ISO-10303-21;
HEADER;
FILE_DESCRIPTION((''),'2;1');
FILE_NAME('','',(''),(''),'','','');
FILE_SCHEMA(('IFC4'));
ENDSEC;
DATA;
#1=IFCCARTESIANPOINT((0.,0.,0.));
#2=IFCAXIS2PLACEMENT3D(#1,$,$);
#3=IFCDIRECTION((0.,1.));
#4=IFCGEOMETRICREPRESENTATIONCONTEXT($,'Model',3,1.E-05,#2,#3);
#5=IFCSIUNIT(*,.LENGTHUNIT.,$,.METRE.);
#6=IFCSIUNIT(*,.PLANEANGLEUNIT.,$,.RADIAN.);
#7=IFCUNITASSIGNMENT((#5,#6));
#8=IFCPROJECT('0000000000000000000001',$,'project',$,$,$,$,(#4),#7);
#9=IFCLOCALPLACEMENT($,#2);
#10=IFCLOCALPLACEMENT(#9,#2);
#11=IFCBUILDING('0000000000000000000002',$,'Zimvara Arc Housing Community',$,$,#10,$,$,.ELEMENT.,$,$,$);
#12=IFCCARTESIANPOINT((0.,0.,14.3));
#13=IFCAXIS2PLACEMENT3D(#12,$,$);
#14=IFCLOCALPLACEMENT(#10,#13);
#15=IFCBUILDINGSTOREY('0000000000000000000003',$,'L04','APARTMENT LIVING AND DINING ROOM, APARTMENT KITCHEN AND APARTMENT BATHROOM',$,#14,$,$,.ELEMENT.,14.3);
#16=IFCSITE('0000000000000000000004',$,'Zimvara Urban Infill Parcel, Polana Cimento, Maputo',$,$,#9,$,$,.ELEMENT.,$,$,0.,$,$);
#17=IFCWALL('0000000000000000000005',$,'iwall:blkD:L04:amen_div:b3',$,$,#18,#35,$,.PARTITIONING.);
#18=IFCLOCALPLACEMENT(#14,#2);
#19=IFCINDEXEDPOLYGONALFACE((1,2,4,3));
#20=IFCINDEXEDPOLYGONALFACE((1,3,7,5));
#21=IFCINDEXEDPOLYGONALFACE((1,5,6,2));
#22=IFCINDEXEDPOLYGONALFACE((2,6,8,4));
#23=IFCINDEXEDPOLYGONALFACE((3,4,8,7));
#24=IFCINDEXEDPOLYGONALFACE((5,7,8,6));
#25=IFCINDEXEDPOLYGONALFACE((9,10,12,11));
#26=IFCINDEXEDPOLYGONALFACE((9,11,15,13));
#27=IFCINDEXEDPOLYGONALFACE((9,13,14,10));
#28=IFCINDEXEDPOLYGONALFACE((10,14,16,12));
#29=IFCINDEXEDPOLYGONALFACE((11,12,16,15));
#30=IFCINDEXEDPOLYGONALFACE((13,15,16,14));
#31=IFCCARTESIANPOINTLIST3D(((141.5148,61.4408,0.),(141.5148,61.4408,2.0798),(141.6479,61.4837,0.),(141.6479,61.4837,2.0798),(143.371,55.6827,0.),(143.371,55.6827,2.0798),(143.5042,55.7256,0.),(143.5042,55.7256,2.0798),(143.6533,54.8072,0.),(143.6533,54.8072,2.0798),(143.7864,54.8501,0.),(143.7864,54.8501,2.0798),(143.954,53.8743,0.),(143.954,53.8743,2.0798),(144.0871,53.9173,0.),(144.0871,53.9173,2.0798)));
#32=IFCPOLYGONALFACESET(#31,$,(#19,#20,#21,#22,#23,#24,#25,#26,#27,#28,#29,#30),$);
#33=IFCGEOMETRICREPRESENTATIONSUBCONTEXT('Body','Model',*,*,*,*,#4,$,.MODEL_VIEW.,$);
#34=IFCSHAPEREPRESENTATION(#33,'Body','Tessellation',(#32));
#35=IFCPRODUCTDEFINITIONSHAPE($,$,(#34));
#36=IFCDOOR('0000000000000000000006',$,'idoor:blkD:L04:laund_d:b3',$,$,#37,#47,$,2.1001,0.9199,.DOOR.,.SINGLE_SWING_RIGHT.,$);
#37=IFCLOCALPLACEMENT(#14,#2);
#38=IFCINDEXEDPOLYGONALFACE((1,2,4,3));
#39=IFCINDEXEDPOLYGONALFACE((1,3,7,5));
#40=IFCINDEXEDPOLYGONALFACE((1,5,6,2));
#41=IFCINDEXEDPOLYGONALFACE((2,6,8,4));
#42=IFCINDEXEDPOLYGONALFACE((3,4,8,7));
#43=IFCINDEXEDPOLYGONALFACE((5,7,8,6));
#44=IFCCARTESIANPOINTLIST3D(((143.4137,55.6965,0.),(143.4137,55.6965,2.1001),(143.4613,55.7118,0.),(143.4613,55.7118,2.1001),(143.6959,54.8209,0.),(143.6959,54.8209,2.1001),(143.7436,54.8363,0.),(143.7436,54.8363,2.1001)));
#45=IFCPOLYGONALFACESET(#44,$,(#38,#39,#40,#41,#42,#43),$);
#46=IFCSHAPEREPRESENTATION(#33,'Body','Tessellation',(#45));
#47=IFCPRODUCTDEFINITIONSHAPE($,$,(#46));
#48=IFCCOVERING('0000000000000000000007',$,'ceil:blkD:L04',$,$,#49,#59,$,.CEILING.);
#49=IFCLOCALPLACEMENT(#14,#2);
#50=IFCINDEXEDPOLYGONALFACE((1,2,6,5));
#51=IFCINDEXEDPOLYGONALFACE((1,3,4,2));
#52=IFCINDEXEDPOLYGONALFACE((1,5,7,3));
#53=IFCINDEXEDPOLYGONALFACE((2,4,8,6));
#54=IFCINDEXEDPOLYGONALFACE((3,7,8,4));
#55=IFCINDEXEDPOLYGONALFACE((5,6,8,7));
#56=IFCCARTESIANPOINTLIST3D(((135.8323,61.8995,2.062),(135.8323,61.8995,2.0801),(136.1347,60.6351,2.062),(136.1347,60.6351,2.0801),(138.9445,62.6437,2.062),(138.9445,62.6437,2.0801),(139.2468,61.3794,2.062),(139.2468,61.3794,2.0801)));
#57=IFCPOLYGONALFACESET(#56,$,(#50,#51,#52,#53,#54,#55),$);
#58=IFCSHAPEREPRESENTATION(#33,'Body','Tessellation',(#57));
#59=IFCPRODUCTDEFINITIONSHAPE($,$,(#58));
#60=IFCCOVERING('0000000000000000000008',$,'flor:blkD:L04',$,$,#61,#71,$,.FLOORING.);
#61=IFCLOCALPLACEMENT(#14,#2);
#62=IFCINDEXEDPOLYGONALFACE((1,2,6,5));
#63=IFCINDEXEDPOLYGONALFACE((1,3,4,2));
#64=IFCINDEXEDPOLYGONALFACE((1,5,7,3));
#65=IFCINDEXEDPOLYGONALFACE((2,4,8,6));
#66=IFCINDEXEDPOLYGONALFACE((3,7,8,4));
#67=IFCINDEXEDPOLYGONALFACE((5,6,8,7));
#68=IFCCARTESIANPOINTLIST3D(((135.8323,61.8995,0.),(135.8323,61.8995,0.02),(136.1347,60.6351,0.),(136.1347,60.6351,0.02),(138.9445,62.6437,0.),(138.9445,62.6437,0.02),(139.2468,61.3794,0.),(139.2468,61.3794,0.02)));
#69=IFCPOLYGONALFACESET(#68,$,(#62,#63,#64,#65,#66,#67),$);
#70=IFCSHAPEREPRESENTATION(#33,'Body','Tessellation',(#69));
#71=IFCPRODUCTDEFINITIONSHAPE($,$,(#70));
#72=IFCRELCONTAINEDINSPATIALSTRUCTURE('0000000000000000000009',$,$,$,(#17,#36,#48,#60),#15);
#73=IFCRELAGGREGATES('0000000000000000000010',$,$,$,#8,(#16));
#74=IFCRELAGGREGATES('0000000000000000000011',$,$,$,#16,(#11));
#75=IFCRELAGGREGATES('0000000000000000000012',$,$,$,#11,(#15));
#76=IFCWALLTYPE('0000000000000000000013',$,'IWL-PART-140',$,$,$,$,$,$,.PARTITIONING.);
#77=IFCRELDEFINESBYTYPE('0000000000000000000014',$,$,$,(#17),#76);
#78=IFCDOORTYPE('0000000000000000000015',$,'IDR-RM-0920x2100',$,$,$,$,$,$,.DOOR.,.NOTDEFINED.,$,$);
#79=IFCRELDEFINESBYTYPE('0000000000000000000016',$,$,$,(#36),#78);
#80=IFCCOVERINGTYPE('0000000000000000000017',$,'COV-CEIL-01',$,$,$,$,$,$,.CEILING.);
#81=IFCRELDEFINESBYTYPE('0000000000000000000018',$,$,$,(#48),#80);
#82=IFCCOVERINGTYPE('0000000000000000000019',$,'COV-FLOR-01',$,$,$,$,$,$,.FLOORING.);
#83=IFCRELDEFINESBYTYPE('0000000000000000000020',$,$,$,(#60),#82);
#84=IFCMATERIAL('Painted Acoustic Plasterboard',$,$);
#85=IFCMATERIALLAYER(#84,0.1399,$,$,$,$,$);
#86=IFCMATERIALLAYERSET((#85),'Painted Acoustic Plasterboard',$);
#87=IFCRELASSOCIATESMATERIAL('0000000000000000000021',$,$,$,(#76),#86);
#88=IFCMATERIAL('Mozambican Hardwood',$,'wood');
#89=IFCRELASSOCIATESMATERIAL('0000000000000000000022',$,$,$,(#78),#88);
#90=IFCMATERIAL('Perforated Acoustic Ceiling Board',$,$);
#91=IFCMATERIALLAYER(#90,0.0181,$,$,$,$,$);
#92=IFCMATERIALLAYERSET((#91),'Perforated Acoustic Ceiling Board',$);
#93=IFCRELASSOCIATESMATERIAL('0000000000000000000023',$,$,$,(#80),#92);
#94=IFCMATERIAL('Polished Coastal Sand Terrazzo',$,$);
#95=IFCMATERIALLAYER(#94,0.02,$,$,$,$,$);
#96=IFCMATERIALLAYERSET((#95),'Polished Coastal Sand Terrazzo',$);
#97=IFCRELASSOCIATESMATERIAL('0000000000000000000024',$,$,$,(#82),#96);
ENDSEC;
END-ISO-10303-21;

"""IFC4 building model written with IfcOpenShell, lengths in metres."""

from ifc_helpers import new_model, si_unit, direction, frame, frame_2d, origin, origin_2d, place, context, subcontext, project, spatial, rectangle, extrude, material, layer, layer_set, type_object, element, fill, save


model = new_model("IFC4")

# Units and contexts
model_context = context("Model", 3, precision=1e-05, world=origin(), true_north=direction((0.0, 1.0)))
body_context = subcontext(model_context, "Body", "Model", "MODEL_VIEW")
ifc_project = project(units=[si_unit("LENGTHUNIT", "METRE"), si_unit("PLANEANGLEUNIT", "RADIAN")], contexts=[model_context])

# Site, building, storey
site_placement = place(None, origin())
site = spatial("IfcSite", under=ifc_project, at=site_placement, Name="Zimvara Urban Infill Parcel, Polana Cimento, Maputo", CompositionType="ELEMENT", RefElevation=0.0)
building_placement = place(site_placement, origin())
building = spatial("IfcBuilding", under=site, at=building_placement, Name="Zimvara Arc Housing Community", CompositionType="ELEMENT")
storey_placement = place(building_placement, frame((0.0, 0.0, 14.3)))
storey = spatial("IfcBuildingStorey", under=building, at=storey_placement, Name="L04", Description="APARTMENT LIVING AND DINING ROOM, APARTMENT KITCHEN AND APARTMENT BATHROOM", CompositionType="ELEMENT", Elevation=14.3)

# Wall, opening, door
ifc_material_1 = material(Name="Painted Acoustic Plasterboard")
ifc_layer_1 = layer(ifc_material_1, 0.1399)
ifc_layer_set_1 = layer_set([ifc_layer_1], Name="Painted Acoustic Plasterboard")
wall_type_1 = type_object("IfcWallType", Name="IWL-PART-140", PredefinedType="PARTITIONING", material=ifc_layer_set_1)
wall_1_placement = place(storey_placement, frame((141.5813, 61.4624, 0.0), z_axis=(0.0, 0.0, 1.0), x_axis=(0.306824, -0.951766, 0.0)))
wall_1 = element("IfcWall", 1, at=wall_1_placement, inside=storey, type_object=wall_type_1, Name="iwall:blkD:L04:amen_div:b3", PredefinedType="PARTITIONING", context=body_context, shape_type="SweptSolid", body=[
    extrude(rectangle(XDim=7.95, YDim=0.1399, at=frame_2d((3.9751, 0.0))), origin(), (0.0, 0.0, 1.0), 2.0798),
])
opening_1_placement = place(wall_1_placement, frame((6.05, 0.0, 0.0)))
opening_1 = element("IfcOpeningElement", 2, at=opening_1_placement, cuts=wall_1, PredefinedType="OPENING", context=body_context, shape_type="SweptSolid", body=[
    extrude(rectangle(XDim=0.9199, YDim=2.1001, at=frame_2d((0.46, 1.05))), frame((0.0, 0.0798, 0.0), z_axis=(0.0, -1.0, 0.0), x_axis=(1.0, 0.0, 0.0)), (0.0, 0.0, 1.0), 0.1599),
])
ifc_material_2 = material(Name="Mozambican Hardwood", Category="wood")
door_type_1 = type_object("IfcDoorType", Name="IDR-RM-0920x2100", OperationType="NOTDEFINED", PredefinedType="DOOR", material=ifc_material_2)
door_1_placement = place(opening_1_placement, origin())
door_1 = element("IfcDoor", 3, at=door_1_placement, inside=storey, type_object=door_type_1, Name="idoor:blkD:L04:laund_d:b3", OperationType="SINGLE_SWING_RIGHT", OverallHeight=2.1001, OverallWidth=0.9199, PredefinedType="DOOR", context=body_context, shape_type="SweptSolid", body=[
    extrude(rectangle(XDim=0.9199, YDim=2.1001, at=frame_2d((0.46, 1.05))), frame((0.0, 0.0249, 0.0), z_axis=(0.0, -1.0, 0.0), x_axis=(1.0, 0.0, 0.0)), (0.0, 0.0, 1.0), 0.05),
])
fill(opening_1, door_1)

# Coverings
ifc_material_3 = material(Name="Perforated Acoustic Ceiling Board")
ifc_layer_2 = layer(ifc_material_3, 0.0181)
ifc_layer_set_2 = layer_set([ifc_layer_2], Name="Perforated Acoustic Ceiling Board")
covering_type_1 = type_object("IfcCoveringType", Name="COV-CEIL-01", PredefinedType="CEILING", material=ifc_layer_set_2)
covering_1_placement = place(storey_placement, frame((137.5396, 61.6394, 2.062), z_axis=(0.0, 0.0, 1.0), x_axis=(0.232597, -0.972573, 0.0)))
element("IfcCovering", 4, at=covering_1_placement, inside=storey, type_object=covering_type_1, Name="ceil:blkD:L04", PredefinedType="CEILING", context=body_context, shape_type="SweptSolid", body=[
    extrude(rectangle(XDim=1.3, YDim=3.2, at=origin_2d()), origin(), (0.0, 0.0, 1.0), 0.0181),
])
ifc_material_4 = material(Name="Polished Coastal Sand Terrazzo")
ifc_layer_3 = layer(ifc_material_4, 0.02)
ifc_layer_set_3 = layer_set([ifc_layer_3], Name="Polished Coastal Sand Terrazzo")
covering_type_2 = type_object("IfcCoveringType", Name="COV-FLOR-01", PredefinedType="FLOORING", material=ifc_layer_set_3)
covering_2_placement = place(storey_placement, frame((137.5396, 61.6394, 0.0), z_axis=(0.0, 0.0, 1.0), x_axis=(0.232597, -0.972573, 0.0)))
element("IfcCovering", 5, at=covering_2_placement, inside=storey, type_object=covering_type_2, Name="flor:blkD:L04", PredefinedType="FLOORING", context=body_context, shape_type="SweptSolid", body=[
    extrude(rectangle(XDim=1.3, YDim=3.2, at=origin_2d()), origin(), (0.0, 0.0, 1.0), 0.02),
])

save(model, "model.ifc")
